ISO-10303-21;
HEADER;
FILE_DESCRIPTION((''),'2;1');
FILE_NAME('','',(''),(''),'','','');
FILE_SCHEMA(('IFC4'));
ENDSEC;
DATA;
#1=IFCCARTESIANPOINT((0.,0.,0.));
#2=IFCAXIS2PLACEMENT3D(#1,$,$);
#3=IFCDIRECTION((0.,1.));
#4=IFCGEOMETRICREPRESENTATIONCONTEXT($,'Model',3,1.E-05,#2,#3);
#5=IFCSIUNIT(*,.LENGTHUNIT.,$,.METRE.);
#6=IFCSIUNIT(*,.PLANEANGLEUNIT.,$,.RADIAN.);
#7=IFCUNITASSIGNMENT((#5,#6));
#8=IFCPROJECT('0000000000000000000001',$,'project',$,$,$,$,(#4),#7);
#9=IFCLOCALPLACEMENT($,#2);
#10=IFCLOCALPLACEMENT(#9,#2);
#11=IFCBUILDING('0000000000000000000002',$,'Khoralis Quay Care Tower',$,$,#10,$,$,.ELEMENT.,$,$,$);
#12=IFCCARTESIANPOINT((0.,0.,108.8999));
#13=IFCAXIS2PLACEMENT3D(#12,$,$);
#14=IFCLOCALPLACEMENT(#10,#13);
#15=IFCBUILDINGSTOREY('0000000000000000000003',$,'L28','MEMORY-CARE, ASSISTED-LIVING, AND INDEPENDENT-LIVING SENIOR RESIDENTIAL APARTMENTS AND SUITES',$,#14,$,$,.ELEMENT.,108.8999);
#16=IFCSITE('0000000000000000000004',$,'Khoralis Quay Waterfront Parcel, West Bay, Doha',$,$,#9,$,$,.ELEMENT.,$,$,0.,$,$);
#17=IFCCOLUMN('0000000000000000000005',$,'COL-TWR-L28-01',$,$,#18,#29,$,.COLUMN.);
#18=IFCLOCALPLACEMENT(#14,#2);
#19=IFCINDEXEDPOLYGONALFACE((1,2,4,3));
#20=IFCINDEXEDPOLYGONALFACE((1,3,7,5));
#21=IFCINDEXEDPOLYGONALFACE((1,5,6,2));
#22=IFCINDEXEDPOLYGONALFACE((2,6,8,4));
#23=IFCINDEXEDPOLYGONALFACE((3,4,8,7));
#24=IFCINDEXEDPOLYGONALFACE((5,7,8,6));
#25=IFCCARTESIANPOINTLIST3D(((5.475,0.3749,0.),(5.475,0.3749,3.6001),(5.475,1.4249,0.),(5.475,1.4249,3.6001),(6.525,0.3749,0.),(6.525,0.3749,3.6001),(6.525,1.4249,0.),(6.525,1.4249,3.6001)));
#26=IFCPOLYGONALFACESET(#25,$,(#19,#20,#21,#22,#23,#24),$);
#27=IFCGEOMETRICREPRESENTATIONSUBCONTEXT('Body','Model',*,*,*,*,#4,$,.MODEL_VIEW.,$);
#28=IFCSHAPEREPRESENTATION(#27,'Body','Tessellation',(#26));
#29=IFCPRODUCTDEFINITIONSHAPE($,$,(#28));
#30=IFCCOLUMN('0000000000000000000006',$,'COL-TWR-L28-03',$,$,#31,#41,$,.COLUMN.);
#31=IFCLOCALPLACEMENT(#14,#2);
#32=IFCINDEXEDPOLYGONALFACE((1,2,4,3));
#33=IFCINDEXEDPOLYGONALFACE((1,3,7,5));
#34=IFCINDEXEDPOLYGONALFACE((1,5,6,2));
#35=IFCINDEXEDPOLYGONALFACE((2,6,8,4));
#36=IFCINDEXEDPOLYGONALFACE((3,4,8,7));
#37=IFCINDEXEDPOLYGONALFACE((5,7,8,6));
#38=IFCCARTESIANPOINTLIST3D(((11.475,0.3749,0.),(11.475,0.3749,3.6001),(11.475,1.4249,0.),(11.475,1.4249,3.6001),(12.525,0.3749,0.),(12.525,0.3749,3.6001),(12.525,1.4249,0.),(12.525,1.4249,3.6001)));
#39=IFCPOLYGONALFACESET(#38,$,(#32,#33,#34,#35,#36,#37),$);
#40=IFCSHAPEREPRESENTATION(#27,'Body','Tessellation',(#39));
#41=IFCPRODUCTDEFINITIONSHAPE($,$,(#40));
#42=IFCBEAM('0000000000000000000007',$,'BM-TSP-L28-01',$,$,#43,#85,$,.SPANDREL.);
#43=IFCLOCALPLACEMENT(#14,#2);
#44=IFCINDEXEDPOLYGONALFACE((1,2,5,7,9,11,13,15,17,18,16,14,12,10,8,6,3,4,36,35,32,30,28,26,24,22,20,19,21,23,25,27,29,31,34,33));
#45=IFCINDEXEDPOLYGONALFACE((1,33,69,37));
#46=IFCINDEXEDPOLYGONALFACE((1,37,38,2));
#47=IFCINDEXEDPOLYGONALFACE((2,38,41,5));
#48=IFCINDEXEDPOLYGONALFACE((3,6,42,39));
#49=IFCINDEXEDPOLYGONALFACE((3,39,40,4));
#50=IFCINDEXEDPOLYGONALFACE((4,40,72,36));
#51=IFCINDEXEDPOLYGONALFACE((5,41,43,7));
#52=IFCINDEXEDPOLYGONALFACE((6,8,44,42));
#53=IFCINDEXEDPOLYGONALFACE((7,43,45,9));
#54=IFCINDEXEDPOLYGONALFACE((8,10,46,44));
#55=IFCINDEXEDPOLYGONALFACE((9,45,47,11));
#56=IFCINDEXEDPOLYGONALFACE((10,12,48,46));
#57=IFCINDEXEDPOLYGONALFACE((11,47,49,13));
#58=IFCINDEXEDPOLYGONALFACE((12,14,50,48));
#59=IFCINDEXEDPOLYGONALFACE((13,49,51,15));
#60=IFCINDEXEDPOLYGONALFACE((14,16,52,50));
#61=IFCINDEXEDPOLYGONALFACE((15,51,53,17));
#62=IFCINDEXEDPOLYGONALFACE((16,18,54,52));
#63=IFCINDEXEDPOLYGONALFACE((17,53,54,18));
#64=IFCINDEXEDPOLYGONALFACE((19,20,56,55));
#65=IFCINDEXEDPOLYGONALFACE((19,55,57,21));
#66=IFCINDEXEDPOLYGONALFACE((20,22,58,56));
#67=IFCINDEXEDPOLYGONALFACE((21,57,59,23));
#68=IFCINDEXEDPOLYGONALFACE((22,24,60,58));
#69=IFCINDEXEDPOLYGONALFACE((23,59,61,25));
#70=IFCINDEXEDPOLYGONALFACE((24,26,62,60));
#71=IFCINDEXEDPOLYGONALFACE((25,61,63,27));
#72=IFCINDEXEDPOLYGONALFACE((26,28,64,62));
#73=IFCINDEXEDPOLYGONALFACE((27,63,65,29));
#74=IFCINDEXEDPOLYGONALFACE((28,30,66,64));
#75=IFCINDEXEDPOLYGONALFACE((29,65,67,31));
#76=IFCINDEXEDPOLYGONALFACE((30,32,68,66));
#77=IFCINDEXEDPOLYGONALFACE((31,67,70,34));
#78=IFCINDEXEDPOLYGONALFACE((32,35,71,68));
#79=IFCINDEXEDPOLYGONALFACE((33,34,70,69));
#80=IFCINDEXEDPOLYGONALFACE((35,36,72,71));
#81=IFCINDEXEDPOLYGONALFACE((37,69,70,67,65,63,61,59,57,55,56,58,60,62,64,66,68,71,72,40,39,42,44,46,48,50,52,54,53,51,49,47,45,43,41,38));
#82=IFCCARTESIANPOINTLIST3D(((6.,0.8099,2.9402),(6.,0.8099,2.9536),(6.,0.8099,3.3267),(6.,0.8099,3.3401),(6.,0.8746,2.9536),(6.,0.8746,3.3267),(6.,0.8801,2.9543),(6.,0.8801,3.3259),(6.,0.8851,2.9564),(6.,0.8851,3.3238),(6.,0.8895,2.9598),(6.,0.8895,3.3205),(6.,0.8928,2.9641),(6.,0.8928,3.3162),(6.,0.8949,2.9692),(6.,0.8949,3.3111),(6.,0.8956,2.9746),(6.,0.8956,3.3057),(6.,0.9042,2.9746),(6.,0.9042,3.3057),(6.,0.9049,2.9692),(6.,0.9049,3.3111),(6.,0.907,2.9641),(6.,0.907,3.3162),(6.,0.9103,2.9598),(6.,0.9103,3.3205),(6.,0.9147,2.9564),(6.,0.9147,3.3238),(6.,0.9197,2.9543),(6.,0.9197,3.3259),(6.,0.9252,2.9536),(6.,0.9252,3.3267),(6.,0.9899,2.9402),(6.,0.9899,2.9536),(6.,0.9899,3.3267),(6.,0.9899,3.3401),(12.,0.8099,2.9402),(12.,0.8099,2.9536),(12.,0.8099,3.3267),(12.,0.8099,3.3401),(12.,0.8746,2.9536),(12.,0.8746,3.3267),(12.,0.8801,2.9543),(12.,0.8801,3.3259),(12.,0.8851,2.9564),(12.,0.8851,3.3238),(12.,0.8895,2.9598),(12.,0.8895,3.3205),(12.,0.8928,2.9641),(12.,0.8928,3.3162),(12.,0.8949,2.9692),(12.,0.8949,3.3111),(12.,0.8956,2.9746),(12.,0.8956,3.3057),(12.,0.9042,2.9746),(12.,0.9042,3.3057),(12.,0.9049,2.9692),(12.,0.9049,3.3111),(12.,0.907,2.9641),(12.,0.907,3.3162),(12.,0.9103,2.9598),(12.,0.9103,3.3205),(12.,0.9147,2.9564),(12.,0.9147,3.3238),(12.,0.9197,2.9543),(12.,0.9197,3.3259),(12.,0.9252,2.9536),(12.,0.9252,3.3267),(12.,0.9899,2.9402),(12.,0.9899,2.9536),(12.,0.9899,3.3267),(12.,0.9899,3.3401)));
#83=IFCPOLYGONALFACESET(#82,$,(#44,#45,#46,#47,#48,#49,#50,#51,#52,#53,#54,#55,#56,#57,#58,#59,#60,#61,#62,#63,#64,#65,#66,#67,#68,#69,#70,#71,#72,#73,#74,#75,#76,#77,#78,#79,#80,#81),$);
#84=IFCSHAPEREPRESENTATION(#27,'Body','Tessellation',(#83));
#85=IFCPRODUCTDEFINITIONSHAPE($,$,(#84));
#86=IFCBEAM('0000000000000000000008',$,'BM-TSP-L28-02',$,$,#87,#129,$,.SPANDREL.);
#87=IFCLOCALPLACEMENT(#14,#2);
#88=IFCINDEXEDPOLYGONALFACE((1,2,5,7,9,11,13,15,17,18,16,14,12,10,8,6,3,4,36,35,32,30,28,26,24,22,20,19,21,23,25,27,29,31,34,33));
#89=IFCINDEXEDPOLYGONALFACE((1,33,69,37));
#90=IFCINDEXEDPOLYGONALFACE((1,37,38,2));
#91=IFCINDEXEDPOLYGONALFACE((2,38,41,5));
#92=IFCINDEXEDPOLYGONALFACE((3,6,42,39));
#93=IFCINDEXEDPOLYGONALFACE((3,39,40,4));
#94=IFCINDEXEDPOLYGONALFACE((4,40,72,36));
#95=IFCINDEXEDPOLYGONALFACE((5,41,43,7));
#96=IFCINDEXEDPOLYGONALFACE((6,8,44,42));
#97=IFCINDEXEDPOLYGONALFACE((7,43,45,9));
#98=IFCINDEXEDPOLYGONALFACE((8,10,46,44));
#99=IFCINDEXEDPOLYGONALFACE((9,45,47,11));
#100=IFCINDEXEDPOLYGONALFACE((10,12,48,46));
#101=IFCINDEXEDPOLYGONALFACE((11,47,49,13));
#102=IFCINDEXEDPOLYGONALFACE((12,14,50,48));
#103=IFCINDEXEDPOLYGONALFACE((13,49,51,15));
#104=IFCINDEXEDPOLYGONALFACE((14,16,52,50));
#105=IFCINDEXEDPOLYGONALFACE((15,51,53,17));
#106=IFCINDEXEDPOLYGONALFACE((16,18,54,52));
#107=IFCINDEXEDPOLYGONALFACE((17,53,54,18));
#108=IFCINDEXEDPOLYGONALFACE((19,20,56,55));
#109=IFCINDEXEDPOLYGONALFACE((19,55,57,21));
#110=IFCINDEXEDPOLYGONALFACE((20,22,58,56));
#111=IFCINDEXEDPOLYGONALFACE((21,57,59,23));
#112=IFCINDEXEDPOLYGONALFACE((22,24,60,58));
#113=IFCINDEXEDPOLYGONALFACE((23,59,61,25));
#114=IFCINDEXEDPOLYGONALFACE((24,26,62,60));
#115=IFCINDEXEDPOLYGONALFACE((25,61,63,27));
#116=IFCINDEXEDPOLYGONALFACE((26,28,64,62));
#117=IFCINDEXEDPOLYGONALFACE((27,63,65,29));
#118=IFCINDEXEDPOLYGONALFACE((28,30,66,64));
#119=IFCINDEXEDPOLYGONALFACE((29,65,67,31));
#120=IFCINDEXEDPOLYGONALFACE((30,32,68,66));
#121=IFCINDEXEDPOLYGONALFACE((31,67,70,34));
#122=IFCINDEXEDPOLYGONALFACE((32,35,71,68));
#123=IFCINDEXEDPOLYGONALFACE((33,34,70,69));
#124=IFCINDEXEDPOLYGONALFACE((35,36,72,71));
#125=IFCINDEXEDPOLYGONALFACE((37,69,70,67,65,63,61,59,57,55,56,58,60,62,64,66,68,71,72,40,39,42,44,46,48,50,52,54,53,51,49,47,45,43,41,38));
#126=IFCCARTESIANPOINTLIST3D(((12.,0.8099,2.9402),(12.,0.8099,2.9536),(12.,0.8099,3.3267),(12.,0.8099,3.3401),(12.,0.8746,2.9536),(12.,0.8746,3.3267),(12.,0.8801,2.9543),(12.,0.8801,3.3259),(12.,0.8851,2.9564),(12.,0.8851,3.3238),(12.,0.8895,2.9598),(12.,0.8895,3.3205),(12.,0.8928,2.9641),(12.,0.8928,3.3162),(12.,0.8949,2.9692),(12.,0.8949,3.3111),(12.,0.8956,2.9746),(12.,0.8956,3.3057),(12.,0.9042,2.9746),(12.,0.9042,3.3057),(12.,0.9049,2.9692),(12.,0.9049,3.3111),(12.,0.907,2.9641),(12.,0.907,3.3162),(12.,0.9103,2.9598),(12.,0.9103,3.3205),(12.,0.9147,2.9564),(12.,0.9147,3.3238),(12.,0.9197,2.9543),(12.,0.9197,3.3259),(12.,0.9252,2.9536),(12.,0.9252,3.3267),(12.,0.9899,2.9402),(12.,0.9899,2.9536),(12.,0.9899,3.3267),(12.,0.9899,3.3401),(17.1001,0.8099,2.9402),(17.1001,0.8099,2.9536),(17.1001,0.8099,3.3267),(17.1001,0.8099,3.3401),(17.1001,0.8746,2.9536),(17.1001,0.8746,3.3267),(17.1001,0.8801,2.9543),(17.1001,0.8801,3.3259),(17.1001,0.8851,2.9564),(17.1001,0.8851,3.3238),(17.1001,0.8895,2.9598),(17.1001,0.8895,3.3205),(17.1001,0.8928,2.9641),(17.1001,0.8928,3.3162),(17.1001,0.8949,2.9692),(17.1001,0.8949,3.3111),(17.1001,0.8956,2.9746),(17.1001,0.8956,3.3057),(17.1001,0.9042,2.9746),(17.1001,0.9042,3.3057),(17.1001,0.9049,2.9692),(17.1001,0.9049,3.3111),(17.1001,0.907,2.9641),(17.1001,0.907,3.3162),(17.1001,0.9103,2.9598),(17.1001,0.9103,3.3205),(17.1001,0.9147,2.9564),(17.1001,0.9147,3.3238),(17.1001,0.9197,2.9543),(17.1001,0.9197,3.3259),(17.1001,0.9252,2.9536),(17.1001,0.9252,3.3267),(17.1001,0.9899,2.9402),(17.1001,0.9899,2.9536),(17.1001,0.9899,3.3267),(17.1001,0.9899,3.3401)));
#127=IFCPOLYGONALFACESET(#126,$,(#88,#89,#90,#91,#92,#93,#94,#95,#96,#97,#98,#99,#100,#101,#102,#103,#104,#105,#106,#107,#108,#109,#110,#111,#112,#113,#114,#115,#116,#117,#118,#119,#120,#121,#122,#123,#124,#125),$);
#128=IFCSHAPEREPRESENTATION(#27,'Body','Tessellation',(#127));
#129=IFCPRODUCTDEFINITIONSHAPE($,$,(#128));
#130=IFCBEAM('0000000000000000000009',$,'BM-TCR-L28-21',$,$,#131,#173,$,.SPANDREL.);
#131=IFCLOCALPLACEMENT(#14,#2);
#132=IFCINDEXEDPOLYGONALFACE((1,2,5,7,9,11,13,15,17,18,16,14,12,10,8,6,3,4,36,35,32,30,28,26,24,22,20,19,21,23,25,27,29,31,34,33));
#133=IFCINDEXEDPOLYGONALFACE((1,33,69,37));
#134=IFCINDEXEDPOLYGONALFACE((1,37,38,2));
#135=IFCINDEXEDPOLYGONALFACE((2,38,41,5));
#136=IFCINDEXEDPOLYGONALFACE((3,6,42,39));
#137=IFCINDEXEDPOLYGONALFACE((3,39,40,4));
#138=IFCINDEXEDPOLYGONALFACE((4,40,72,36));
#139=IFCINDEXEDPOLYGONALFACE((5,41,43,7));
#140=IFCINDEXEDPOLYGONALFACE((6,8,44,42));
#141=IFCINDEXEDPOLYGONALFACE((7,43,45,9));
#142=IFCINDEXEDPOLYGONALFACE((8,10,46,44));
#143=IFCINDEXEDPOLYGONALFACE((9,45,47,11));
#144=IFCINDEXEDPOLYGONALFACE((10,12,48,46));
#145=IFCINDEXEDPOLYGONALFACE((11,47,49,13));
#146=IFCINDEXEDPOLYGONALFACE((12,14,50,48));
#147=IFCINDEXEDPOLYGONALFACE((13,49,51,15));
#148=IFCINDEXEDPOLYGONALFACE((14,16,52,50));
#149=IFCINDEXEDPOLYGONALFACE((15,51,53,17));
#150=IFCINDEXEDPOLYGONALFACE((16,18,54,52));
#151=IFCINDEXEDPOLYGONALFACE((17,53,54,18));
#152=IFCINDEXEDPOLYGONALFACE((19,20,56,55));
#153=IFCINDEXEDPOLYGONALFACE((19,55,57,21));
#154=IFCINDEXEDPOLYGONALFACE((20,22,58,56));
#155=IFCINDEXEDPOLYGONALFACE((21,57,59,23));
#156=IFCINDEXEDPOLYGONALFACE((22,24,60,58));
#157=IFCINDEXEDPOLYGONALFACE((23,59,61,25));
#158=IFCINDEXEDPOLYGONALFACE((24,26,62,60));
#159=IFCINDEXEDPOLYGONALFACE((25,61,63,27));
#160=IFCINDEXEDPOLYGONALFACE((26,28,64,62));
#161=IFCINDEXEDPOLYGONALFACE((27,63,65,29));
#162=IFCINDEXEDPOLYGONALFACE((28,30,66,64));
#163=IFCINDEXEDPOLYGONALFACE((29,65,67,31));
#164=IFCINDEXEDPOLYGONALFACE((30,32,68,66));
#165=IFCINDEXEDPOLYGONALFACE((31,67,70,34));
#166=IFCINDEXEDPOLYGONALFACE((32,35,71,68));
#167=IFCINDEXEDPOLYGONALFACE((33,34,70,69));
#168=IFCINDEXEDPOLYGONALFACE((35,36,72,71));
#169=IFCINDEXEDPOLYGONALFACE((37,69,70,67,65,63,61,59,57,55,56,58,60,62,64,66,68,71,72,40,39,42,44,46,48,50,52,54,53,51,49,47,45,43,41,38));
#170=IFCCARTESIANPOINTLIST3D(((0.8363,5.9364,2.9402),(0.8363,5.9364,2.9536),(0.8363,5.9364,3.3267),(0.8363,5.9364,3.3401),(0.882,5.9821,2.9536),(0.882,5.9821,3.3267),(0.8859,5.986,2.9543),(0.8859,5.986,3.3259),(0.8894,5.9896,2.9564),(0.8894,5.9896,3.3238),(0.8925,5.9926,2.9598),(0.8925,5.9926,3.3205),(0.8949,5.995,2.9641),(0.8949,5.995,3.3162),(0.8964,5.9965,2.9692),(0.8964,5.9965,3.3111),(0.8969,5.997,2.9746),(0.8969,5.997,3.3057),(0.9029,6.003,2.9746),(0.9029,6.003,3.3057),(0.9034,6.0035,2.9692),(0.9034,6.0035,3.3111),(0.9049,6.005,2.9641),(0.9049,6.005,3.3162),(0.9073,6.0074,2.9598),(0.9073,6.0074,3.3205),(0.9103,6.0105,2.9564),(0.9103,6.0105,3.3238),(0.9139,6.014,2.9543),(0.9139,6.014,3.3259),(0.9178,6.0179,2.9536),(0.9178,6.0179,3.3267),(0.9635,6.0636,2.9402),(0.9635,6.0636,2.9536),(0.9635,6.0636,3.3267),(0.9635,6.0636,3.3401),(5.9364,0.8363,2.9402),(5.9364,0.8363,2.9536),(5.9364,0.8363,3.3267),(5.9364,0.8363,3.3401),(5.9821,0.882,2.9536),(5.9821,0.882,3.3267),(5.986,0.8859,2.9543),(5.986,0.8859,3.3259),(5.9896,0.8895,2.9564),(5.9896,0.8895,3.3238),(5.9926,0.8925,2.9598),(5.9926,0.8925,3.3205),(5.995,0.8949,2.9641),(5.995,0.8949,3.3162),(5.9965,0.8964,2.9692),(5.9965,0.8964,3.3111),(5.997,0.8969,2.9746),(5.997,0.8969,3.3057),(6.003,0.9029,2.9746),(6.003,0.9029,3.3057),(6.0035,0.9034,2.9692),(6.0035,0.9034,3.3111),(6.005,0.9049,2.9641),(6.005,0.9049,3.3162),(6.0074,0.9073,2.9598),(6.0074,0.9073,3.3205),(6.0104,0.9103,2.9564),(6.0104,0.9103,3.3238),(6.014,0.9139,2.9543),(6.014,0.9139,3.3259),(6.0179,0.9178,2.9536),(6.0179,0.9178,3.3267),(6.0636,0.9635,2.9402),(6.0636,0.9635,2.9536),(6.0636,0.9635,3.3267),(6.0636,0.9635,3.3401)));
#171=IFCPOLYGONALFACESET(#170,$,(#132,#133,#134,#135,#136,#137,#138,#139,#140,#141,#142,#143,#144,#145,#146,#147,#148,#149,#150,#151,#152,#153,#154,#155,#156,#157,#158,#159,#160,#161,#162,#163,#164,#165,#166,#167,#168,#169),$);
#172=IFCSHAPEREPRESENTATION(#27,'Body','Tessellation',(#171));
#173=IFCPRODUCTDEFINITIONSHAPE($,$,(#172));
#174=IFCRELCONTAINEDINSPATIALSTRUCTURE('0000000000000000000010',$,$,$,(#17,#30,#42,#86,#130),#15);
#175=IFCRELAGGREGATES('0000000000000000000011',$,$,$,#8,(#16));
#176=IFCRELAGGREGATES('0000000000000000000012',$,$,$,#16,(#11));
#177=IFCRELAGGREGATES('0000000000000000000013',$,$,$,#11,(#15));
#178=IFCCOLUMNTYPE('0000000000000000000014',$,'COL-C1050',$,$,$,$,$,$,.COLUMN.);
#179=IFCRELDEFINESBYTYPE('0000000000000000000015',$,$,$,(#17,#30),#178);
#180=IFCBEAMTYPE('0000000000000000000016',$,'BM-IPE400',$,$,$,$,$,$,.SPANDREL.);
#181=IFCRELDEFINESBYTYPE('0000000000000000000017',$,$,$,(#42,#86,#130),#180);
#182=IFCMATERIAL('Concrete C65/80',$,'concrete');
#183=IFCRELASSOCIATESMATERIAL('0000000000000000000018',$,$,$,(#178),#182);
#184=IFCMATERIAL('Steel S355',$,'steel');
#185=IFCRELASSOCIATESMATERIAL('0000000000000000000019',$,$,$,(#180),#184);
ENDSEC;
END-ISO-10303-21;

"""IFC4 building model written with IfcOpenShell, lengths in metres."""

from ifc_helpers import new_model, si_unit, direction, frame, origin, origin_2d, place, context, subcontext, project, spatial, rectangle, i_section, extrude, source, transform, mapped, material, material_profile, profile_set, type_object, element, save


model = new_model("IFC4")

# Units and contexts
model_context = context("Model", 3, precision=1e-05, world=origin(), true_north=direction((0.0, 1.0)))
body_context = subcontext(model_context, "Body", "Model", "MODEL_VIEW")
ifc_project = project(units=[si_unit("LENGTHUNIT", "METRE"), si_unit("PLANEANGLEUNIT", "RADIAN")], contexts=[model_context])

# Site, building, storey
site_placement = place(None, origin())
site = spatial("IfcSite", under=ifc_project, at=site_placement, Name="Khoralis Quay Waterfront Parcel, West Bay, Doha", CompositionType="ELEMENT", RefElevation=0.0)
building_placement = place(site_placement, origin())
building = spatial("IfcBuilding", under=site, at=building_placement, Name="Khoralis Quay Care Tower", CompositionType="ELEMENT")
storey_placement = place(building_placement, frame((0.0, 0.0, 108.8999)))
storey = spatial("IfcBuildingStorey", under=building, at=storey_placement, Name="L28", Description="MEMORY-CARE, ASSISTED-LIVING, AND INDEPENDENT-LIVING SENIOR RESIDENTIAL APARTMENTS AND SUITES", CompositionType="ELEMENT", Elevation=108.8999)

# Columns
ifc_material_1 = material(Name="Concrete C65/80", Category="concrete")
ifc_material_profile_1 = material_profile(ifc_material_1, rectangle(XDim=1.05, YDim=1.05, at=origin_2d()), Name="Concrete C65/80")
ifc_profile_set_1 = profile_set([ifc_material_profile_1], Name="Concrete C65/80")
column_type = type_object("IfcColumnType", Name="COL-C1050", PredefinedType="COLUMN", material=ifc_profile_set_1)
shared_shape_1 = source(origin(), body_context, "Body", "SweptSolid", [
    extrude(rectangle(XDim=1.05, YDim=1.05, at=origin_2d()), origin(), (0.0, 0.0, 1.0), 3.6001),
])
for number, where, z_axis, x_axis, name in (
    (1, (6.0, 0.8999, 0.0), (0.0, 0.0, 1.0), (1.0, 0.0, 0.0), "COL-TWR-L28-01"),
    (2, (12.0, 0.8999, 0.0), (0.0, 0.0, 1.0), (1.0, 0.0, 0.0), "COL-TWR-L28-03"),
):
    element("IfcColumn", number, at=place(storey_placement, frame(where, z_axis=z_axis, x_axis=x_axis)), inside=storey, type_object=column_type, Name=name, PredefinedType="COLUMN", context=body_context, shape_type="MappedRepresentation", body=[
        mapped(shared_shape_1, transform((0.0, 0.0, 0.0), scale=1.0)),
    ])

# Beams
ifc_material_2 = material(Name="Steel S355", Category="steel")
ifc_material_profile_2 = material_profile(ifc_material_2, i_section(OverallWidth=0.1799, OverallDepth=0.3999, WebThickness=0.0085, FlangeThickness=0.0134, FilletRadius=0.021, at=origin_2d()), Name="Steel S355")
ifc_profile_set_2 = profile_set([ifc_material_profile_2], Name="Steel S355")
beam_type_1 = type_object("IfcBeamType", Name="BM-IPE400", PredefinedType="SPANDREL", material=ifc_profile_set_2)
shared_shape_2 = source(origin(), body_context, "Body", "SweptSolid", [
    extrude(i_section(OverallWidth=0.1799, OverallDepth=0.3999, WebThickness=0.0085, FlangeThickness=0.0134, FilletRadius=0.021, at=origin_2d()), origin(), (0.0, 0.0, 1.0), 6.0),
])
beam_1_placement = place(storey_placement, frame((6.0, 0.8999, 3.1401), z_axis=(1.0, 0.0, 0.0), x_axis=(0.0, 1.0, 0.0)))
element("IfcBeam", 3, at=beam_1_placement, inside=storey, type_object=beam_type_1, Name="BM-TSP-L28-01", PredefinedType="SPANDREL", context=body_context, shape_type="MappedRepresentation", body=[
    mapped(shared_shape_2, transform((0.0, 0.0, 0.0), scale=1.0)),
])
shared_shape_3 = source(origin(), body_context, "Body", "SweptSolid", [
    extrude(i_section(OverallWidth=0.1799, OverallDepth=0.3999, WebThickness=0.0085, FlangeThickness=0.0134, FilletRadius=0.021, at=origin_2d()), origin(), (0.0, 0.0, 1.0), 5.1001),
])
beam_2_placement = place(storey_placement, frame((12.0, 0.8999, 3.1401), z_axis=(1.0, 0.0, 0.0), x_axis=(0.0, 1.0, 0.0)))
element("IfcBeam", 4, at=beam_2_placement, inside=storey, type_object=beam_type_1, Name="BM-TSP-L28-02", PredefinedType="SPANDREL", context=body_context, shape_type="MappedRepresentation", body=[
    mapped(shared_shape_3, transform((0.0, 0.0, 0.0), scale=1.0)),
])
shared_shape_4 = source(origin(), body_context, "Body", "SweptSolid", [
    extrude(i_section(OverallWidth=0.1799, OverallDepth=0.3999, WebThickness=0.0085, FlangeThickness=0.0134, FilletRadius=0.021, at=origin_2d()), origin(), (0.0, 0.0, 1.0), 7.2126),
])
beam_3_placement = place(storey_placement, frame((6.0, 0.8999, 3.1401), z_axis=(-0.707107, 0.707107, 0.0), x_axis=(-0.707107, -0.707107, 0.0)))
element("IfcBeam", 5, at=beam_3_placement, inside=storey, type_object=beam_type_1, Name="BM-TCR-L28-21", PredefinedType="SPANDREL", context=body_context, shape_type="MappedRepresentation", body=[
    mapped(shared_shape_4, transform((0.0, 0.0, 0.0), scale=1.0)),
])

save(model, "model.ifc")
